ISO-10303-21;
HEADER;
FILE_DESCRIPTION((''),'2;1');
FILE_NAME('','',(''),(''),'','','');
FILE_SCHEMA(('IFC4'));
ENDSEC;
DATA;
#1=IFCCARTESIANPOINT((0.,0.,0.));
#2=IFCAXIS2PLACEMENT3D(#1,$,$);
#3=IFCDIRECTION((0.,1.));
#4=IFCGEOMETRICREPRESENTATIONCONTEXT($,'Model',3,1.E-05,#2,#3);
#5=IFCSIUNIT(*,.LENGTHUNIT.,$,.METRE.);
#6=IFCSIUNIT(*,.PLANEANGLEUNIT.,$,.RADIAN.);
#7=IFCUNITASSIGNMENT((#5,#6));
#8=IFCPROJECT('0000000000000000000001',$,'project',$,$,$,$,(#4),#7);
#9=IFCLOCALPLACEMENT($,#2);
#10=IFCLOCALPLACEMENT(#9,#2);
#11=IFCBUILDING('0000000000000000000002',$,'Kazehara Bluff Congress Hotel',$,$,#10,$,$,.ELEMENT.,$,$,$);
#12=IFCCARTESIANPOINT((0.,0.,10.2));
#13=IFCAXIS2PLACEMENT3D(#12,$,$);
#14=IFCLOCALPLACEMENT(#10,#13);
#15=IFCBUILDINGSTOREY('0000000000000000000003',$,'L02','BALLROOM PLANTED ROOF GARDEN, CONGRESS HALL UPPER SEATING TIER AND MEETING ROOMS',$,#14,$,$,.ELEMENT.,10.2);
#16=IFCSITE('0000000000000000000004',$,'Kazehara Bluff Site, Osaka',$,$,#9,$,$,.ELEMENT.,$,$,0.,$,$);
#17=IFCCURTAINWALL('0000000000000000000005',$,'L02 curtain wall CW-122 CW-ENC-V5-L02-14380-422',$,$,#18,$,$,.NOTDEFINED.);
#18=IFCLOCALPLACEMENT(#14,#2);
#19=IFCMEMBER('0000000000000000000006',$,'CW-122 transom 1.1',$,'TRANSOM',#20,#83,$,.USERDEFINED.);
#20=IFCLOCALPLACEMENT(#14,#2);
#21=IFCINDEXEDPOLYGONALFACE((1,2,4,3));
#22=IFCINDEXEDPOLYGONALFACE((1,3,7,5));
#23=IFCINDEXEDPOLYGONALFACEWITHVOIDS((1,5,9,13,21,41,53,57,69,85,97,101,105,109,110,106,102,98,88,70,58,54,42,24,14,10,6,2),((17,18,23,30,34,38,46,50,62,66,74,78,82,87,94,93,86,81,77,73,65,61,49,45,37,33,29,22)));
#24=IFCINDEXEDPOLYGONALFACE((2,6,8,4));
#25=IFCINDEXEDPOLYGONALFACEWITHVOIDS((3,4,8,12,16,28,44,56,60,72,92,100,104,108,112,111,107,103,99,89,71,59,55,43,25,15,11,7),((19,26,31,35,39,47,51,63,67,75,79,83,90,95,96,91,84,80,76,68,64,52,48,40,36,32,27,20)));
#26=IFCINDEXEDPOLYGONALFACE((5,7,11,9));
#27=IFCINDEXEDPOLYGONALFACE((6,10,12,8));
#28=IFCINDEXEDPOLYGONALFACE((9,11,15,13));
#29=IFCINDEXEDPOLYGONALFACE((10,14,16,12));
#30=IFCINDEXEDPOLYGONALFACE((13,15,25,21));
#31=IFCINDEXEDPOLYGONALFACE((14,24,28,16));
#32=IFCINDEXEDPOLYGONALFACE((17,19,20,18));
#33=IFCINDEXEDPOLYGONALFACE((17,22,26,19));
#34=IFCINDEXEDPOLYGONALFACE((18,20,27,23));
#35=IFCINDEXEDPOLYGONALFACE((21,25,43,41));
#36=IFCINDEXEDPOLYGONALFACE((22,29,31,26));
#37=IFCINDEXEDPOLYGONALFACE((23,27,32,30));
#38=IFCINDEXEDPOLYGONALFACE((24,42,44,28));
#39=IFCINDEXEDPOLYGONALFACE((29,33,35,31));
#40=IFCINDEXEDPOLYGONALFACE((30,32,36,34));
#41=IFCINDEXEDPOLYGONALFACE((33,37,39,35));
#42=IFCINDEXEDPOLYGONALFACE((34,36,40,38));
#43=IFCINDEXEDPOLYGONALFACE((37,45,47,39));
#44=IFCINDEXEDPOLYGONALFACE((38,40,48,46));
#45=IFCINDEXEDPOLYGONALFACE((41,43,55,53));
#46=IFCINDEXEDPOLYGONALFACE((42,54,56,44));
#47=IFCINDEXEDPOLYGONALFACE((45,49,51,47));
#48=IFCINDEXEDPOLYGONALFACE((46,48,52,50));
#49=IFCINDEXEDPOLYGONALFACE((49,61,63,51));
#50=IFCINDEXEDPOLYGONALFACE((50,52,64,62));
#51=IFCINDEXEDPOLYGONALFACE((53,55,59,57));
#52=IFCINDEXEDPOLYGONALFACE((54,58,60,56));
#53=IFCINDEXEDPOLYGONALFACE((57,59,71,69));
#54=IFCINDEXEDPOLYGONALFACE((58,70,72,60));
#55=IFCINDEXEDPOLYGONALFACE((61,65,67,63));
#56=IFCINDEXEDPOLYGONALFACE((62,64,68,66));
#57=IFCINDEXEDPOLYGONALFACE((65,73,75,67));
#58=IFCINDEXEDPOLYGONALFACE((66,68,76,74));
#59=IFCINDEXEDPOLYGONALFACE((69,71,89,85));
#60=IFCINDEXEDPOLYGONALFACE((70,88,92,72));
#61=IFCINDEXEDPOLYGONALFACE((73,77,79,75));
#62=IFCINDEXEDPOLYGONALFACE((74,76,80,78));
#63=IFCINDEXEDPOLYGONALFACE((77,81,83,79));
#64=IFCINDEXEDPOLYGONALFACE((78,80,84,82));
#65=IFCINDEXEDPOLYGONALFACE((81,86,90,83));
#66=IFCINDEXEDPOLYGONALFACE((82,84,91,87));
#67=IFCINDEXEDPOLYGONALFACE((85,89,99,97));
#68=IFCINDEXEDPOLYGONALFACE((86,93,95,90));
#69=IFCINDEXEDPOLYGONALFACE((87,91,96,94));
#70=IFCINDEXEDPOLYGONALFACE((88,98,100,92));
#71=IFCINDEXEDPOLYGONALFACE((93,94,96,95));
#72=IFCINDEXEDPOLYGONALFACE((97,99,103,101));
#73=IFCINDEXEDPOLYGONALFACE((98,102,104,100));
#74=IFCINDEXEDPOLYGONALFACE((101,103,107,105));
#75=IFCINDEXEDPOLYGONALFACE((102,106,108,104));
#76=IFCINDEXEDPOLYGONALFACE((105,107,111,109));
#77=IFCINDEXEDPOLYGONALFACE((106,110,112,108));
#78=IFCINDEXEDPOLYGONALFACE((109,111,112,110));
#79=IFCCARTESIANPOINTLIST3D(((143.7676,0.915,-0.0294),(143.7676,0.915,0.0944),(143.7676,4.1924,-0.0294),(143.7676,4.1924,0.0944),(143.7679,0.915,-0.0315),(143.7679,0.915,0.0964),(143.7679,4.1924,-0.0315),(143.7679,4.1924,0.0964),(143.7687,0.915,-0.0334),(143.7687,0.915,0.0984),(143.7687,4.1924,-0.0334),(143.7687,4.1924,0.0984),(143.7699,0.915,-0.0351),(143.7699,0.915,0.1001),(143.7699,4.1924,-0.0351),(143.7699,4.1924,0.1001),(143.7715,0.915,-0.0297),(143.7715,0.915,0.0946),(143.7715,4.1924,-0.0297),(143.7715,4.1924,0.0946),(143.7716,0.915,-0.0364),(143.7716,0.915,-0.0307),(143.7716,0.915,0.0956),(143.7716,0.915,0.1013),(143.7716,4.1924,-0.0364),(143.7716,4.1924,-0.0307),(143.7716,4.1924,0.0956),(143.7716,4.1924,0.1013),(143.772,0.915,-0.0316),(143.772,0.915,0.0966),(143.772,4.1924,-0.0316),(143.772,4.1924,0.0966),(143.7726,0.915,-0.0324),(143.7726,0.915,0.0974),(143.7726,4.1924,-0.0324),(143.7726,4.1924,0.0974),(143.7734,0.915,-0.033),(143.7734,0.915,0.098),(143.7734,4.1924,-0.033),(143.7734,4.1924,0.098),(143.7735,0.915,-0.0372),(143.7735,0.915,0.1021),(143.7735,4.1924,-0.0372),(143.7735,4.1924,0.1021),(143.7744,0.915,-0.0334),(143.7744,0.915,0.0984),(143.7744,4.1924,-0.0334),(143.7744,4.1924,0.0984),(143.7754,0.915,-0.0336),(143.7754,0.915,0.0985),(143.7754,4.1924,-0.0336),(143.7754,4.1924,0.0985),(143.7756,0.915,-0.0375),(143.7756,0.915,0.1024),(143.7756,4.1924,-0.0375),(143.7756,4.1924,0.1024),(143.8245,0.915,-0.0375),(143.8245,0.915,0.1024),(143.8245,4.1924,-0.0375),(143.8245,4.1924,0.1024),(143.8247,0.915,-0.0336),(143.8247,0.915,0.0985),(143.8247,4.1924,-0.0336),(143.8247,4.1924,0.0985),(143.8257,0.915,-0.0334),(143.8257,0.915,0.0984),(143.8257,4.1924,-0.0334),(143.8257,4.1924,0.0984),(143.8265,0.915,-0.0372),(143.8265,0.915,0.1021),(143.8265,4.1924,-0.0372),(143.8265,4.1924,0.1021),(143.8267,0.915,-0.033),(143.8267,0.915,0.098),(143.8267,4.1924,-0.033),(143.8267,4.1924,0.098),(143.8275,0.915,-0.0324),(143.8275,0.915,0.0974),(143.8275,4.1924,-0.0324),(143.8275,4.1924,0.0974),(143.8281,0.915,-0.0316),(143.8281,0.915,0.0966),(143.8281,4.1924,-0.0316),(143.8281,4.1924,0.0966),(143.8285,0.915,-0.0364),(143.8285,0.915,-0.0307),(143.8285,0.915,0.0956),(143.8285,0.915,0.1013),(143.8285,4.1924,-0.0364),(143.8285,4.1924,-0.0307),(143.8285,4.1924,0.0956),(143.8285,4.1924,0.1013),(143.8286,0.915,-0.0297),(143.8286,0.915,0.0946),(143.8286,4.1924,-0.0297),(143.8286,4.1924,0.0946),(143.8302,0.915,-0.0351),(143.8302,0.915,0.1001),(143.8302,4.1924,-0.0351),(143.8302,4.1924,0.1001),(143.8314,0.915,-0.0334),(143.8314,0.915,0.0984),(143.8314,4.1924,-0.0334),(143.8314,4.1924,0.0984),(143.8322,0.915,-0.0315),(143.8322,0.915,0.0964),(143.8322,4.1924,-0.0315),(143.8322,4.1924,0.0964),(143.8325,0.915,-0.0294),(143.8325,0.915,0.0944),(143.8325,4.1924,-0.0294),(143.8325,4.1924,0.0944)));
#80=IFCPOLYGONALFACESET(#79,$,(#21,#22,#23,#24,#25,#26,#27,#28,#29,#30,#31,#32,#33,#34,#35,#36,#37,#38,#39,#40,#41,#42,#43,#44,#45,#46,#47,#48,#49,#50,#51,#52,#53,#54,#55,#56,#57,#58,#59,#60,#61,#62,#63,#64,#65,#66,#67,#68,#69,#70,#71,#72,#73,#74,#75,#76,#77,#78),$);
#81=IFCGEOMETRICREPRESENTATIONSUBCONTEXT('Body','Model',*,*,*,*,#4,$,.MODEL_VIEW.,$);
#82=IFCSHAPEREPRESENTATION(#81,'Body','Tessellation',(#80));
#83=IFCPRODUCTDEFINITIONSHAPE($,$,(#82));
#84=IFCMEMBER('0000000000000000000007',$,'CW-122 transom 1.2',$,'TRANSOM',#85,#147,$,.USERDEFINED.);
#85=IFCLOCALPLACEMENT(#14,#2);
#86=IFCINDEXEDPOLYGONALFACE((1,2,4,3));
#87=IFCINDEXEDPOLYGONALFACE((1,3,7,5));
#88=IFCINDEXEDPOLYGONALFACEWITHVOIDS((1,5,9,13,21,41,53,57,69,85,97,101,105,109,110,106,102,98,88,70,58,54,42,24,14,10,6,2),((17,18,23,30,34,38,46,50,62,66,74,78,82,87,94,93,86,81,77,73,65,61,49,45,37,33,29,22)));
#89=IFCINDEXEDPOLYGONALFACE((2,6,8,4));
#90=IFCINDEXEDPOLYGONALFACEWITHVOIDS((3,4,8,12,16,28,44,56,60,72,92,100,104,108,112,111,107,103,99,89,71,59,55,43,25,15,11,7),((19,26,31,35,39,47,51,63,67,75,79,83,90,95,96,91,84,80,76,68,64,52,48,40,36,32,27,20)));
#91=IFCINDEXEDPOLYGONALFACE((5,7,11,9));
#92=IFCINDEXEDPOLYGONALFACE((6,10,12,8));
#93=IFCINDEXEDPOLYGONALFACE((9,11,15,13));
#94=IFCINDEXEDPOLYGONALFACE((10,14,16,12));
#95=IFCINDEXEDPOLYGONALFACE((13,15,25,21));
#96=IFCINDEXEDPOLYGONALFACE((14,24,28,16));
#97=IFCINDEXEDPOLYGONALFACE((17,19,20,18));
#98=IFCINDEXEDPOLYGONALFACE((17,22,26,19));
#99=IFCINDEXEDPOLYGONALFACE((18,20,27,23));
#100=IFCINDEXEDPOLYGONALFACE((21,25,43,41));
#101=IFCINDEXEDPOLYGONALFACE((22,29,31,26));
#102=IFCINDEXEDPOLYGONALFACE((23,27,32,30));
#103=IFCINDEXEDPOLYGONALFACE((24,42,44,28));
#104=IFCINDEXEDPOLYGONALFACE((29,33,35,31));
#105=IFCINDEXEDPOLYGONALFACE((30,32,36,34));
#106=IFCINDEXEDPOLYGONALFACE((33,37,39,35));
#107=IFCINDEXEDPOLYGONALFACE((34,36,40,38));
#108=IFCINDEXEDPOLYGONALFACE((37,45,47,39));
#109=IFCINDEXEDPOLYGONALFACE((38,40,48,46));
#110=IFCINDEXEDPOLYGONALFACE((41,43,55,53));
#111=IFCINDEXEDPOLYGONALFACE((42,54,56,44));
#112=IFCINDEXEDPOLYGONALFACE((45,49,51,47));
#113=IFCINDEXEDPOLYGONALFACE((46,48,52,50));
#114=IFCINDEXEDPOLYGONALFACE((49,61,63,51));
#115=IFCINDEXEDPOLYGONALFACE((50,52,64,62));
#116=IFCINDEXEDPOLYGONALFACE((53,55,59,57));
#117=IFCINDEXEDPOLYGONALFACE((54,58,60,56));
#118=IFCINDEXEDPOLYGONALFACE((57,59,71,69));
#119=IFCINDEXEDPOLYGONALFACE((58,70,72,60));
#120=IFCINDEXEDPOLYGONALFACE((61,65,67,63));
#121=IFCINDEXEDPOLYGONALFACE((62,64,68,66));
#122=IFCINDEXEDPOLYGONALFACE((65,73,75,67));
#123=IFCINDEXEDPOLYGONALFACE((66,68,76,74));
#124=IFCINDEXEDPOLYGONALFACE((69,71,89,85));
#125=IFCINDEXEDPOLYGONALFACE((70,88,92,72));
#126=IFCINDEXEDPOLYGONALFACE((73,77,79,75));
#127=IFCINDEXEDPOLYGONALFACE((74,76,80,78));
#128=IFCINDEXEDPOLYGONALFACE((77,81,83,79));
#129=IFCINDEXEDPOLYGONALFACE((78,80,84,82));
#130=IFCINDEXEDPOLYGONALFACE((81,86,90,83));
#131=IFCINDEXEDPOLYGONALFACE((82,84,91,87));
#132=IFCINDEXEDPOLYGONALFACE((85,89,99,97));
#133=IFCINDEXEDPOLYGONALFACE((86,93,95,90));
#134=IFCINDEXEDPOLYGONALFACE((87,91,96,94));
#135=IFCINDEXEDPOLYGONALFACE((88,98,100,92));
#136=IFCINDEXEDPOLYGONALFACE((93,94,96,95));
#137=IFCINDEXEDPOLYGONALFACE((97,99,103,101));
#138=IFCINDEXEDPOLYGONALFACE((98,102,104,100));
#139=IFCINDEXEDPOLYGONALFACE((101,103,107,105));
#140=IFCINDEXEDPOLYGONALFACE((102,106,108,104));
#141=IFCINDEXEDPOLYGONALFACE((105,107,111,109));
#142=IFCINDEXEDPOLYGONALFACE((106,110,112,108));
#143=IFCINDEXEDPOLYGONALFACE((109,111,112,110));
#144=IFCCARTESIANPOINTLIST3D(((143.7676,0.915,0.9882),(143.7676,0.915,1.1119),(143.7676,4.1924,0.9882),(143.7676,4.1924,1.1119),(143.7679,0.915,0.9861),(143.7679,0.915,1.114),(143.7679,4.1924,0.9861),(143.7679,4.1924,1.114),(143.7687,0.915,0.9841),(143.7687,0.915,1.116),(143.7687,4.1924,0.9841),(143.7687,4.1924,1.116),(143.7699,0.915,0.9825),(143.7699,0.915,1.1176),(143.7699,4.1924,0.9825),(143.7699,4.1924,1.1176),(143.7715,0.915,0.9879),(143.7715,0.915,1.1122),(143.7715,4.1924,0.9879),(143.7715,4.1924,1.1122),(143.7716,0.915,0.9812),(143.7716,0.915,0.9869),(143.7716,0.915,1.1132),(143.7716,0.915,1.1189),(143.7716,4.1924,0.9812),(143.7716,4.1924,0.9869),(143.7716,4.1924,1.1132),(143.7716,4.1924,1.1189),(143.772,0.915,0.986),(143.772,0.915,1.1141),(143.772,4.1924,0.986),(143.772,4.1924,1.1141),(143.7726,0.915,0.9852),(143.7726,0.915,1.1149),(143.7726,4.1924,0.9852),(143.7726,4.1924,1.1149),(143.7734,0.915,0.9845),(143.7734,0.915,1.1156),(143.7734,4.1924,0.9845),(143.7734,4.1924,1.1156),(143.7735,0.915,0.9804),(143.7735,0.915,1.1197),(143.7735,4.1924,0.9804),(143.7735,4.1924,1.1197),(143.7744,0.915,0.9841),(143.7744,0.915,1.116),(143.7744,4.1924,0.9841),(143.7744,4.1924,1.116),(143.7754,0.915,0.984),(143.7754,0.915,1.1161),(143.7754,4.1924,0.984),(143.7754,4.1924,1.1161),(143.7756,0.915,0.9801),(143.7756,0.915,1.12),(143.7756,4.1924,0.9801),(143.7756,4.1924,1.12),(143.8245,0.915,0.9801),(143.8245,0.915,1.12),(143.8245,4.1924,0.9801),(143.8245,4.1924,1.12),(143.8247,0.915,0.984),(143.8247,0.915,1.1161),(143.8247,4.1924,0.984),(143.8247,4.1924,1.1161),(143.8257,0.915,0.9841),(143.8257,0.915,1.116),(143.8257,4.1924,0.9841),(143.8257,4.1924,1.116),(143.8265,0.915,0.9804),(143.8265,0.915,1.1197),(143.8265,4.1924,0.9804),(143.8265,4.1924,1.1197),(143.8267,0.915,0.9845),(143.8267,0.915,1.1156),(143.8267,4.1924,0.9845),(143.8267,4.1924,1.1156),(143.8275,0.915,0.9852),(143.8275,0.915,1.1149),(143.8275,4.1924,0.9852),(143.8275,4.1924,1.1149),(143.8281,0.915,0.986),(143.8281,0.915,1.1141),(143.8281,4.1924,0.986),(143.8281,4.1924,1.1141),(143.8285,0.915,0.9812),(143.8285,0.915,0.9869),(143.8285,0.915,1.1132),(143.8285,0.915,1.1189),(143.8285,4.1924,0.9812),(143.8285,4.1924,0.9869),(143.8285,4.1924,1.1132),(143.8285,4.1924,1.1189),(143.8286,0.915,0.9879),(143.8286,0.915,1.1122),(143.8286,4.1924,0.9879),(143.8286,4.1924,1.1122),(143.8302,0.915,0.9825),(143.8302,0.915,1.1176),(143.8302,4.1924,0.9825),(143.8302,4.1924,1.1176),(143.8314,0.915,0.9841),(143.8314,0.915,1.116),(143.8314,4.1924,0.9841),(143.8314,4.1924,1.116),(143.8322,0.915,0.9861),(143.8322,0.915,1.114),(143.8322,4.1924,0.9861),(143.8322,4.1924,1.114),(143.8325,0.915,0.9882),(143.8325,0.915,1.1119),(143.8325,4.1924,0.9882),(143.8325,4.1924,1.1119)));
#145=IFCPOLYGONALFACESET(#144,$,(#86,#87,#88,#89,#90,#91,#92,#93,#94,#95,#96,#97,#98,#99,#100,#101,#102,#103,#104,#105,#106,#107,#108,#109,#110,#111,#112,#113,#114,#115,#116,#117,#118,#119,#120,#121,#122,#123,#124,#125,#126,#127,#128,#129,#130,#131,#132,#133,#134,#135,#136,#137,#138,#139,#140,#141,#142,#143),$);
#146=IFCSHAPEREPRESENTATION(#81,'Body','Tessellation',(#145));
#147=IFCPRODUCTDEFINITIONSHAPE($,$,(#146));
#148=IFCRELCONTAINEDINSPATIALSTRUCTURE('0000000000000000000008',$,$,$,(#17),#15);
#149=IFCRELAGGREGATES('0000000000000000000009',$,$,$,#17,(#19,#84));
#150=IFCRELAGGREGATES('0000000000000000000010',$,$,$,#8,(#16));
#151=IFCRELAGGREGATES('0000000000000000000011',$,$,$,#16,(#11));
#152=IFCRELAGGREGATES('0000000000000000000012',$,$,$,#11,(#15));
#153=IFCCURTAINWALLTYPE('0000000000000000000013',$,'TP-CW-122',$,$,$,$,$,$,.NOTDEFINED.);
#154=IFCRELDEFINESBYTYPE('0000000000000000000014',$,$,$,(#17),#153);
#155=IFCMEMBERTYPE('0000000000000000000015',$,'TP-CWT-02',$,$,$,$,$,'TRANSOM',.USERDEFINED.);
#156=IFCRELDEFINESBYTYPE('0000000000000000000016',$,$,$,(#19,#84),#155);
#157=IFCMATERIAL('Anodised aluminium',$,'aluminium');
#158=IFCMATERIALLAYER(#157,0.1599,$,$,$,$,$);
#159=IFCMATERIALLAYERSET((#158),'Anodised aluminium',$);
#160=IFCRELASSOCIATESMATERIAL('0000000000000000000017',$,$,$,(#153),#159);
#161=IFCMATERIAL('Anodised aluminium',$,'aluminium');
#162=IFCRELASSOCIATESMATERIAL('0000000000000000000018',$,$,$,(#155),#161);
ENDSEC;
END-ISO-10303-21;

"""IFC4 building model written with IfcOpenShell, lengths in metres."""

from ifc_helpers import new_model, si_unit, direction, frame, origin, origin_2d, place, context, subcontext, project, spatial, hollow_rectangle, extrude, material, layer, layer_set, material_profile, profile_set, type_object, element, aggregate, save


model = new_model("IFC4")

# Units and contexts
model_context = context("Model", 3, precision=1e-05, world=origin(), true_north=direction((0.0, 1.0)))
body_context = subcontext(model_context, "Body", "Model", "MODEL_VIEW")
ifc_project = project(units=[si_unit("LENGTHUNIT", "METRE"), si_unit("PLANEANGLEUNIT", "RADIAN")], contexts=[model_context])

# Site, building, storey
site_placement = place(None, origin())
site = spatial("IfcSite", under=ifc_project, at=site_placement, Name="Kazehara Bluff Site, Osaka", CompositionType="ELEMENT", RefElevation=0.0)
building_placement = place(site_placement, origin())
building = spatial("IfcBuilding", under=site, at=building_placement, Name="Kazehara Bluff Congress Hotel", CompositionType="ELEMENT")
storey_placement = place(building_placement, frame((0.0, 0.0, 10.2)))
storey = spatial("IfcBuildingStorey", under=building, at=storey_placement, Name="L02", Description="BALLROOM PLANTED ROOF GARDEN, CONGRESS HALL UPPER SEATING TIER AND MEETING ROOMS", CompositionType="ELEMENT", Elevation=10.2)

# Curtain wall
ifc_material_1 = material(Name="Anodised aluminium", Category="aluminium")
ifc_layer_1 = layer(ifc_material_1, 0.1599)
ifc_layer_set_1 = layer_set([ifc_layer_1], Name="Anodised aluminium")
curtain_wall_type_1 = type_object("IfcCurtainWallType", Name="TP-CW-122", PredefinedType="NOTDEFINED", material=ifc_layer_set_1)
curtain_wall_1_placement = place(storey_placement, origin())
curtain_wall_1 = element("IfcCurtainWall", 1, at=curtain_wall_1_placement, inside=storey, type_object=curtain_wall_type_1, Name="L02 curtain wall CW-122 CW-ENC-V5-L02-14380-422", PredefinedType="NOTDEFINED")

# Members
ifc_material_2 = material(Name="Anodised aluminium", Category="aluminium")
ifc_material_profile_1 = material_profile(ifc_material_2, hollow_rectangle(XDim=0.0649, YDim=0.1399, WallThickness=0.0039, InnerFilletRadius=0.0039, OuterFilletRadius=0.0081, at=origin_2d()))
ifc_profile_set_1 = profile_set([ifc_material_profile_1], Name="Anodised aluminium")
member_type_1 = type_object("IfcMemberType", Name="TP-CWT-02", ElementType="TRANSOM", PredefinedType="USERDEFINED", material=ifc_profile_set_1)
member_1_placement = place(storey_placement, frame((143.8, 0.915, 0.0325), z_axis=(0.0, 1.0, 0.0), x_axis=(-1.0, 0.0, 0.0)))
member_1 = element("IfcMember", 2, at=member_1_placement, type_object=member_type_1, Name="CW-122 transom 1.1", ObjectType="TRANSOM", PredefinedType="USERDEFINED", context=body_context, shape_type="SweptSolid", body=[
    extrude(hollow_rectangle(XDim=0.0649, YDim=0.1399, WallThickness=0.0039, InnerFilletRadius=0.0039, OuterFilletRadius=0.0081, at=origin_2d()), origin(), (0.0, 0.0, 1.0), 3.2773),
])
member_2_placement = place(storey_placement, frame((143.8, 0.915, 1.05), z_axis=(0.0, 1.0, 0.0), x_axis=(-1.0, 0.0, 0.0)))
member_2 = element("IfcMember", 3, at=member_2_placement, type_object=member_type_1, Name="CW-122 transom 1.2", ObjectType="TRANSOM", PredefinedType="USERDEFINED", context=body_context, shape_type="SweptSolid", body=[
    extrude(hollow_rectangle(XDim=0.0649, YDim=0.1399, WallThickness=0.0039, InnerFilletRadius=0.0039, OuterFilletRadius=0.0081, at=origin_2d()), origin(), (0.0, 0.0, 1.0), 3.2773),
])

aggregate(curtain_wall_1, [member_1, member_2])

save(model, "model.ifc")
